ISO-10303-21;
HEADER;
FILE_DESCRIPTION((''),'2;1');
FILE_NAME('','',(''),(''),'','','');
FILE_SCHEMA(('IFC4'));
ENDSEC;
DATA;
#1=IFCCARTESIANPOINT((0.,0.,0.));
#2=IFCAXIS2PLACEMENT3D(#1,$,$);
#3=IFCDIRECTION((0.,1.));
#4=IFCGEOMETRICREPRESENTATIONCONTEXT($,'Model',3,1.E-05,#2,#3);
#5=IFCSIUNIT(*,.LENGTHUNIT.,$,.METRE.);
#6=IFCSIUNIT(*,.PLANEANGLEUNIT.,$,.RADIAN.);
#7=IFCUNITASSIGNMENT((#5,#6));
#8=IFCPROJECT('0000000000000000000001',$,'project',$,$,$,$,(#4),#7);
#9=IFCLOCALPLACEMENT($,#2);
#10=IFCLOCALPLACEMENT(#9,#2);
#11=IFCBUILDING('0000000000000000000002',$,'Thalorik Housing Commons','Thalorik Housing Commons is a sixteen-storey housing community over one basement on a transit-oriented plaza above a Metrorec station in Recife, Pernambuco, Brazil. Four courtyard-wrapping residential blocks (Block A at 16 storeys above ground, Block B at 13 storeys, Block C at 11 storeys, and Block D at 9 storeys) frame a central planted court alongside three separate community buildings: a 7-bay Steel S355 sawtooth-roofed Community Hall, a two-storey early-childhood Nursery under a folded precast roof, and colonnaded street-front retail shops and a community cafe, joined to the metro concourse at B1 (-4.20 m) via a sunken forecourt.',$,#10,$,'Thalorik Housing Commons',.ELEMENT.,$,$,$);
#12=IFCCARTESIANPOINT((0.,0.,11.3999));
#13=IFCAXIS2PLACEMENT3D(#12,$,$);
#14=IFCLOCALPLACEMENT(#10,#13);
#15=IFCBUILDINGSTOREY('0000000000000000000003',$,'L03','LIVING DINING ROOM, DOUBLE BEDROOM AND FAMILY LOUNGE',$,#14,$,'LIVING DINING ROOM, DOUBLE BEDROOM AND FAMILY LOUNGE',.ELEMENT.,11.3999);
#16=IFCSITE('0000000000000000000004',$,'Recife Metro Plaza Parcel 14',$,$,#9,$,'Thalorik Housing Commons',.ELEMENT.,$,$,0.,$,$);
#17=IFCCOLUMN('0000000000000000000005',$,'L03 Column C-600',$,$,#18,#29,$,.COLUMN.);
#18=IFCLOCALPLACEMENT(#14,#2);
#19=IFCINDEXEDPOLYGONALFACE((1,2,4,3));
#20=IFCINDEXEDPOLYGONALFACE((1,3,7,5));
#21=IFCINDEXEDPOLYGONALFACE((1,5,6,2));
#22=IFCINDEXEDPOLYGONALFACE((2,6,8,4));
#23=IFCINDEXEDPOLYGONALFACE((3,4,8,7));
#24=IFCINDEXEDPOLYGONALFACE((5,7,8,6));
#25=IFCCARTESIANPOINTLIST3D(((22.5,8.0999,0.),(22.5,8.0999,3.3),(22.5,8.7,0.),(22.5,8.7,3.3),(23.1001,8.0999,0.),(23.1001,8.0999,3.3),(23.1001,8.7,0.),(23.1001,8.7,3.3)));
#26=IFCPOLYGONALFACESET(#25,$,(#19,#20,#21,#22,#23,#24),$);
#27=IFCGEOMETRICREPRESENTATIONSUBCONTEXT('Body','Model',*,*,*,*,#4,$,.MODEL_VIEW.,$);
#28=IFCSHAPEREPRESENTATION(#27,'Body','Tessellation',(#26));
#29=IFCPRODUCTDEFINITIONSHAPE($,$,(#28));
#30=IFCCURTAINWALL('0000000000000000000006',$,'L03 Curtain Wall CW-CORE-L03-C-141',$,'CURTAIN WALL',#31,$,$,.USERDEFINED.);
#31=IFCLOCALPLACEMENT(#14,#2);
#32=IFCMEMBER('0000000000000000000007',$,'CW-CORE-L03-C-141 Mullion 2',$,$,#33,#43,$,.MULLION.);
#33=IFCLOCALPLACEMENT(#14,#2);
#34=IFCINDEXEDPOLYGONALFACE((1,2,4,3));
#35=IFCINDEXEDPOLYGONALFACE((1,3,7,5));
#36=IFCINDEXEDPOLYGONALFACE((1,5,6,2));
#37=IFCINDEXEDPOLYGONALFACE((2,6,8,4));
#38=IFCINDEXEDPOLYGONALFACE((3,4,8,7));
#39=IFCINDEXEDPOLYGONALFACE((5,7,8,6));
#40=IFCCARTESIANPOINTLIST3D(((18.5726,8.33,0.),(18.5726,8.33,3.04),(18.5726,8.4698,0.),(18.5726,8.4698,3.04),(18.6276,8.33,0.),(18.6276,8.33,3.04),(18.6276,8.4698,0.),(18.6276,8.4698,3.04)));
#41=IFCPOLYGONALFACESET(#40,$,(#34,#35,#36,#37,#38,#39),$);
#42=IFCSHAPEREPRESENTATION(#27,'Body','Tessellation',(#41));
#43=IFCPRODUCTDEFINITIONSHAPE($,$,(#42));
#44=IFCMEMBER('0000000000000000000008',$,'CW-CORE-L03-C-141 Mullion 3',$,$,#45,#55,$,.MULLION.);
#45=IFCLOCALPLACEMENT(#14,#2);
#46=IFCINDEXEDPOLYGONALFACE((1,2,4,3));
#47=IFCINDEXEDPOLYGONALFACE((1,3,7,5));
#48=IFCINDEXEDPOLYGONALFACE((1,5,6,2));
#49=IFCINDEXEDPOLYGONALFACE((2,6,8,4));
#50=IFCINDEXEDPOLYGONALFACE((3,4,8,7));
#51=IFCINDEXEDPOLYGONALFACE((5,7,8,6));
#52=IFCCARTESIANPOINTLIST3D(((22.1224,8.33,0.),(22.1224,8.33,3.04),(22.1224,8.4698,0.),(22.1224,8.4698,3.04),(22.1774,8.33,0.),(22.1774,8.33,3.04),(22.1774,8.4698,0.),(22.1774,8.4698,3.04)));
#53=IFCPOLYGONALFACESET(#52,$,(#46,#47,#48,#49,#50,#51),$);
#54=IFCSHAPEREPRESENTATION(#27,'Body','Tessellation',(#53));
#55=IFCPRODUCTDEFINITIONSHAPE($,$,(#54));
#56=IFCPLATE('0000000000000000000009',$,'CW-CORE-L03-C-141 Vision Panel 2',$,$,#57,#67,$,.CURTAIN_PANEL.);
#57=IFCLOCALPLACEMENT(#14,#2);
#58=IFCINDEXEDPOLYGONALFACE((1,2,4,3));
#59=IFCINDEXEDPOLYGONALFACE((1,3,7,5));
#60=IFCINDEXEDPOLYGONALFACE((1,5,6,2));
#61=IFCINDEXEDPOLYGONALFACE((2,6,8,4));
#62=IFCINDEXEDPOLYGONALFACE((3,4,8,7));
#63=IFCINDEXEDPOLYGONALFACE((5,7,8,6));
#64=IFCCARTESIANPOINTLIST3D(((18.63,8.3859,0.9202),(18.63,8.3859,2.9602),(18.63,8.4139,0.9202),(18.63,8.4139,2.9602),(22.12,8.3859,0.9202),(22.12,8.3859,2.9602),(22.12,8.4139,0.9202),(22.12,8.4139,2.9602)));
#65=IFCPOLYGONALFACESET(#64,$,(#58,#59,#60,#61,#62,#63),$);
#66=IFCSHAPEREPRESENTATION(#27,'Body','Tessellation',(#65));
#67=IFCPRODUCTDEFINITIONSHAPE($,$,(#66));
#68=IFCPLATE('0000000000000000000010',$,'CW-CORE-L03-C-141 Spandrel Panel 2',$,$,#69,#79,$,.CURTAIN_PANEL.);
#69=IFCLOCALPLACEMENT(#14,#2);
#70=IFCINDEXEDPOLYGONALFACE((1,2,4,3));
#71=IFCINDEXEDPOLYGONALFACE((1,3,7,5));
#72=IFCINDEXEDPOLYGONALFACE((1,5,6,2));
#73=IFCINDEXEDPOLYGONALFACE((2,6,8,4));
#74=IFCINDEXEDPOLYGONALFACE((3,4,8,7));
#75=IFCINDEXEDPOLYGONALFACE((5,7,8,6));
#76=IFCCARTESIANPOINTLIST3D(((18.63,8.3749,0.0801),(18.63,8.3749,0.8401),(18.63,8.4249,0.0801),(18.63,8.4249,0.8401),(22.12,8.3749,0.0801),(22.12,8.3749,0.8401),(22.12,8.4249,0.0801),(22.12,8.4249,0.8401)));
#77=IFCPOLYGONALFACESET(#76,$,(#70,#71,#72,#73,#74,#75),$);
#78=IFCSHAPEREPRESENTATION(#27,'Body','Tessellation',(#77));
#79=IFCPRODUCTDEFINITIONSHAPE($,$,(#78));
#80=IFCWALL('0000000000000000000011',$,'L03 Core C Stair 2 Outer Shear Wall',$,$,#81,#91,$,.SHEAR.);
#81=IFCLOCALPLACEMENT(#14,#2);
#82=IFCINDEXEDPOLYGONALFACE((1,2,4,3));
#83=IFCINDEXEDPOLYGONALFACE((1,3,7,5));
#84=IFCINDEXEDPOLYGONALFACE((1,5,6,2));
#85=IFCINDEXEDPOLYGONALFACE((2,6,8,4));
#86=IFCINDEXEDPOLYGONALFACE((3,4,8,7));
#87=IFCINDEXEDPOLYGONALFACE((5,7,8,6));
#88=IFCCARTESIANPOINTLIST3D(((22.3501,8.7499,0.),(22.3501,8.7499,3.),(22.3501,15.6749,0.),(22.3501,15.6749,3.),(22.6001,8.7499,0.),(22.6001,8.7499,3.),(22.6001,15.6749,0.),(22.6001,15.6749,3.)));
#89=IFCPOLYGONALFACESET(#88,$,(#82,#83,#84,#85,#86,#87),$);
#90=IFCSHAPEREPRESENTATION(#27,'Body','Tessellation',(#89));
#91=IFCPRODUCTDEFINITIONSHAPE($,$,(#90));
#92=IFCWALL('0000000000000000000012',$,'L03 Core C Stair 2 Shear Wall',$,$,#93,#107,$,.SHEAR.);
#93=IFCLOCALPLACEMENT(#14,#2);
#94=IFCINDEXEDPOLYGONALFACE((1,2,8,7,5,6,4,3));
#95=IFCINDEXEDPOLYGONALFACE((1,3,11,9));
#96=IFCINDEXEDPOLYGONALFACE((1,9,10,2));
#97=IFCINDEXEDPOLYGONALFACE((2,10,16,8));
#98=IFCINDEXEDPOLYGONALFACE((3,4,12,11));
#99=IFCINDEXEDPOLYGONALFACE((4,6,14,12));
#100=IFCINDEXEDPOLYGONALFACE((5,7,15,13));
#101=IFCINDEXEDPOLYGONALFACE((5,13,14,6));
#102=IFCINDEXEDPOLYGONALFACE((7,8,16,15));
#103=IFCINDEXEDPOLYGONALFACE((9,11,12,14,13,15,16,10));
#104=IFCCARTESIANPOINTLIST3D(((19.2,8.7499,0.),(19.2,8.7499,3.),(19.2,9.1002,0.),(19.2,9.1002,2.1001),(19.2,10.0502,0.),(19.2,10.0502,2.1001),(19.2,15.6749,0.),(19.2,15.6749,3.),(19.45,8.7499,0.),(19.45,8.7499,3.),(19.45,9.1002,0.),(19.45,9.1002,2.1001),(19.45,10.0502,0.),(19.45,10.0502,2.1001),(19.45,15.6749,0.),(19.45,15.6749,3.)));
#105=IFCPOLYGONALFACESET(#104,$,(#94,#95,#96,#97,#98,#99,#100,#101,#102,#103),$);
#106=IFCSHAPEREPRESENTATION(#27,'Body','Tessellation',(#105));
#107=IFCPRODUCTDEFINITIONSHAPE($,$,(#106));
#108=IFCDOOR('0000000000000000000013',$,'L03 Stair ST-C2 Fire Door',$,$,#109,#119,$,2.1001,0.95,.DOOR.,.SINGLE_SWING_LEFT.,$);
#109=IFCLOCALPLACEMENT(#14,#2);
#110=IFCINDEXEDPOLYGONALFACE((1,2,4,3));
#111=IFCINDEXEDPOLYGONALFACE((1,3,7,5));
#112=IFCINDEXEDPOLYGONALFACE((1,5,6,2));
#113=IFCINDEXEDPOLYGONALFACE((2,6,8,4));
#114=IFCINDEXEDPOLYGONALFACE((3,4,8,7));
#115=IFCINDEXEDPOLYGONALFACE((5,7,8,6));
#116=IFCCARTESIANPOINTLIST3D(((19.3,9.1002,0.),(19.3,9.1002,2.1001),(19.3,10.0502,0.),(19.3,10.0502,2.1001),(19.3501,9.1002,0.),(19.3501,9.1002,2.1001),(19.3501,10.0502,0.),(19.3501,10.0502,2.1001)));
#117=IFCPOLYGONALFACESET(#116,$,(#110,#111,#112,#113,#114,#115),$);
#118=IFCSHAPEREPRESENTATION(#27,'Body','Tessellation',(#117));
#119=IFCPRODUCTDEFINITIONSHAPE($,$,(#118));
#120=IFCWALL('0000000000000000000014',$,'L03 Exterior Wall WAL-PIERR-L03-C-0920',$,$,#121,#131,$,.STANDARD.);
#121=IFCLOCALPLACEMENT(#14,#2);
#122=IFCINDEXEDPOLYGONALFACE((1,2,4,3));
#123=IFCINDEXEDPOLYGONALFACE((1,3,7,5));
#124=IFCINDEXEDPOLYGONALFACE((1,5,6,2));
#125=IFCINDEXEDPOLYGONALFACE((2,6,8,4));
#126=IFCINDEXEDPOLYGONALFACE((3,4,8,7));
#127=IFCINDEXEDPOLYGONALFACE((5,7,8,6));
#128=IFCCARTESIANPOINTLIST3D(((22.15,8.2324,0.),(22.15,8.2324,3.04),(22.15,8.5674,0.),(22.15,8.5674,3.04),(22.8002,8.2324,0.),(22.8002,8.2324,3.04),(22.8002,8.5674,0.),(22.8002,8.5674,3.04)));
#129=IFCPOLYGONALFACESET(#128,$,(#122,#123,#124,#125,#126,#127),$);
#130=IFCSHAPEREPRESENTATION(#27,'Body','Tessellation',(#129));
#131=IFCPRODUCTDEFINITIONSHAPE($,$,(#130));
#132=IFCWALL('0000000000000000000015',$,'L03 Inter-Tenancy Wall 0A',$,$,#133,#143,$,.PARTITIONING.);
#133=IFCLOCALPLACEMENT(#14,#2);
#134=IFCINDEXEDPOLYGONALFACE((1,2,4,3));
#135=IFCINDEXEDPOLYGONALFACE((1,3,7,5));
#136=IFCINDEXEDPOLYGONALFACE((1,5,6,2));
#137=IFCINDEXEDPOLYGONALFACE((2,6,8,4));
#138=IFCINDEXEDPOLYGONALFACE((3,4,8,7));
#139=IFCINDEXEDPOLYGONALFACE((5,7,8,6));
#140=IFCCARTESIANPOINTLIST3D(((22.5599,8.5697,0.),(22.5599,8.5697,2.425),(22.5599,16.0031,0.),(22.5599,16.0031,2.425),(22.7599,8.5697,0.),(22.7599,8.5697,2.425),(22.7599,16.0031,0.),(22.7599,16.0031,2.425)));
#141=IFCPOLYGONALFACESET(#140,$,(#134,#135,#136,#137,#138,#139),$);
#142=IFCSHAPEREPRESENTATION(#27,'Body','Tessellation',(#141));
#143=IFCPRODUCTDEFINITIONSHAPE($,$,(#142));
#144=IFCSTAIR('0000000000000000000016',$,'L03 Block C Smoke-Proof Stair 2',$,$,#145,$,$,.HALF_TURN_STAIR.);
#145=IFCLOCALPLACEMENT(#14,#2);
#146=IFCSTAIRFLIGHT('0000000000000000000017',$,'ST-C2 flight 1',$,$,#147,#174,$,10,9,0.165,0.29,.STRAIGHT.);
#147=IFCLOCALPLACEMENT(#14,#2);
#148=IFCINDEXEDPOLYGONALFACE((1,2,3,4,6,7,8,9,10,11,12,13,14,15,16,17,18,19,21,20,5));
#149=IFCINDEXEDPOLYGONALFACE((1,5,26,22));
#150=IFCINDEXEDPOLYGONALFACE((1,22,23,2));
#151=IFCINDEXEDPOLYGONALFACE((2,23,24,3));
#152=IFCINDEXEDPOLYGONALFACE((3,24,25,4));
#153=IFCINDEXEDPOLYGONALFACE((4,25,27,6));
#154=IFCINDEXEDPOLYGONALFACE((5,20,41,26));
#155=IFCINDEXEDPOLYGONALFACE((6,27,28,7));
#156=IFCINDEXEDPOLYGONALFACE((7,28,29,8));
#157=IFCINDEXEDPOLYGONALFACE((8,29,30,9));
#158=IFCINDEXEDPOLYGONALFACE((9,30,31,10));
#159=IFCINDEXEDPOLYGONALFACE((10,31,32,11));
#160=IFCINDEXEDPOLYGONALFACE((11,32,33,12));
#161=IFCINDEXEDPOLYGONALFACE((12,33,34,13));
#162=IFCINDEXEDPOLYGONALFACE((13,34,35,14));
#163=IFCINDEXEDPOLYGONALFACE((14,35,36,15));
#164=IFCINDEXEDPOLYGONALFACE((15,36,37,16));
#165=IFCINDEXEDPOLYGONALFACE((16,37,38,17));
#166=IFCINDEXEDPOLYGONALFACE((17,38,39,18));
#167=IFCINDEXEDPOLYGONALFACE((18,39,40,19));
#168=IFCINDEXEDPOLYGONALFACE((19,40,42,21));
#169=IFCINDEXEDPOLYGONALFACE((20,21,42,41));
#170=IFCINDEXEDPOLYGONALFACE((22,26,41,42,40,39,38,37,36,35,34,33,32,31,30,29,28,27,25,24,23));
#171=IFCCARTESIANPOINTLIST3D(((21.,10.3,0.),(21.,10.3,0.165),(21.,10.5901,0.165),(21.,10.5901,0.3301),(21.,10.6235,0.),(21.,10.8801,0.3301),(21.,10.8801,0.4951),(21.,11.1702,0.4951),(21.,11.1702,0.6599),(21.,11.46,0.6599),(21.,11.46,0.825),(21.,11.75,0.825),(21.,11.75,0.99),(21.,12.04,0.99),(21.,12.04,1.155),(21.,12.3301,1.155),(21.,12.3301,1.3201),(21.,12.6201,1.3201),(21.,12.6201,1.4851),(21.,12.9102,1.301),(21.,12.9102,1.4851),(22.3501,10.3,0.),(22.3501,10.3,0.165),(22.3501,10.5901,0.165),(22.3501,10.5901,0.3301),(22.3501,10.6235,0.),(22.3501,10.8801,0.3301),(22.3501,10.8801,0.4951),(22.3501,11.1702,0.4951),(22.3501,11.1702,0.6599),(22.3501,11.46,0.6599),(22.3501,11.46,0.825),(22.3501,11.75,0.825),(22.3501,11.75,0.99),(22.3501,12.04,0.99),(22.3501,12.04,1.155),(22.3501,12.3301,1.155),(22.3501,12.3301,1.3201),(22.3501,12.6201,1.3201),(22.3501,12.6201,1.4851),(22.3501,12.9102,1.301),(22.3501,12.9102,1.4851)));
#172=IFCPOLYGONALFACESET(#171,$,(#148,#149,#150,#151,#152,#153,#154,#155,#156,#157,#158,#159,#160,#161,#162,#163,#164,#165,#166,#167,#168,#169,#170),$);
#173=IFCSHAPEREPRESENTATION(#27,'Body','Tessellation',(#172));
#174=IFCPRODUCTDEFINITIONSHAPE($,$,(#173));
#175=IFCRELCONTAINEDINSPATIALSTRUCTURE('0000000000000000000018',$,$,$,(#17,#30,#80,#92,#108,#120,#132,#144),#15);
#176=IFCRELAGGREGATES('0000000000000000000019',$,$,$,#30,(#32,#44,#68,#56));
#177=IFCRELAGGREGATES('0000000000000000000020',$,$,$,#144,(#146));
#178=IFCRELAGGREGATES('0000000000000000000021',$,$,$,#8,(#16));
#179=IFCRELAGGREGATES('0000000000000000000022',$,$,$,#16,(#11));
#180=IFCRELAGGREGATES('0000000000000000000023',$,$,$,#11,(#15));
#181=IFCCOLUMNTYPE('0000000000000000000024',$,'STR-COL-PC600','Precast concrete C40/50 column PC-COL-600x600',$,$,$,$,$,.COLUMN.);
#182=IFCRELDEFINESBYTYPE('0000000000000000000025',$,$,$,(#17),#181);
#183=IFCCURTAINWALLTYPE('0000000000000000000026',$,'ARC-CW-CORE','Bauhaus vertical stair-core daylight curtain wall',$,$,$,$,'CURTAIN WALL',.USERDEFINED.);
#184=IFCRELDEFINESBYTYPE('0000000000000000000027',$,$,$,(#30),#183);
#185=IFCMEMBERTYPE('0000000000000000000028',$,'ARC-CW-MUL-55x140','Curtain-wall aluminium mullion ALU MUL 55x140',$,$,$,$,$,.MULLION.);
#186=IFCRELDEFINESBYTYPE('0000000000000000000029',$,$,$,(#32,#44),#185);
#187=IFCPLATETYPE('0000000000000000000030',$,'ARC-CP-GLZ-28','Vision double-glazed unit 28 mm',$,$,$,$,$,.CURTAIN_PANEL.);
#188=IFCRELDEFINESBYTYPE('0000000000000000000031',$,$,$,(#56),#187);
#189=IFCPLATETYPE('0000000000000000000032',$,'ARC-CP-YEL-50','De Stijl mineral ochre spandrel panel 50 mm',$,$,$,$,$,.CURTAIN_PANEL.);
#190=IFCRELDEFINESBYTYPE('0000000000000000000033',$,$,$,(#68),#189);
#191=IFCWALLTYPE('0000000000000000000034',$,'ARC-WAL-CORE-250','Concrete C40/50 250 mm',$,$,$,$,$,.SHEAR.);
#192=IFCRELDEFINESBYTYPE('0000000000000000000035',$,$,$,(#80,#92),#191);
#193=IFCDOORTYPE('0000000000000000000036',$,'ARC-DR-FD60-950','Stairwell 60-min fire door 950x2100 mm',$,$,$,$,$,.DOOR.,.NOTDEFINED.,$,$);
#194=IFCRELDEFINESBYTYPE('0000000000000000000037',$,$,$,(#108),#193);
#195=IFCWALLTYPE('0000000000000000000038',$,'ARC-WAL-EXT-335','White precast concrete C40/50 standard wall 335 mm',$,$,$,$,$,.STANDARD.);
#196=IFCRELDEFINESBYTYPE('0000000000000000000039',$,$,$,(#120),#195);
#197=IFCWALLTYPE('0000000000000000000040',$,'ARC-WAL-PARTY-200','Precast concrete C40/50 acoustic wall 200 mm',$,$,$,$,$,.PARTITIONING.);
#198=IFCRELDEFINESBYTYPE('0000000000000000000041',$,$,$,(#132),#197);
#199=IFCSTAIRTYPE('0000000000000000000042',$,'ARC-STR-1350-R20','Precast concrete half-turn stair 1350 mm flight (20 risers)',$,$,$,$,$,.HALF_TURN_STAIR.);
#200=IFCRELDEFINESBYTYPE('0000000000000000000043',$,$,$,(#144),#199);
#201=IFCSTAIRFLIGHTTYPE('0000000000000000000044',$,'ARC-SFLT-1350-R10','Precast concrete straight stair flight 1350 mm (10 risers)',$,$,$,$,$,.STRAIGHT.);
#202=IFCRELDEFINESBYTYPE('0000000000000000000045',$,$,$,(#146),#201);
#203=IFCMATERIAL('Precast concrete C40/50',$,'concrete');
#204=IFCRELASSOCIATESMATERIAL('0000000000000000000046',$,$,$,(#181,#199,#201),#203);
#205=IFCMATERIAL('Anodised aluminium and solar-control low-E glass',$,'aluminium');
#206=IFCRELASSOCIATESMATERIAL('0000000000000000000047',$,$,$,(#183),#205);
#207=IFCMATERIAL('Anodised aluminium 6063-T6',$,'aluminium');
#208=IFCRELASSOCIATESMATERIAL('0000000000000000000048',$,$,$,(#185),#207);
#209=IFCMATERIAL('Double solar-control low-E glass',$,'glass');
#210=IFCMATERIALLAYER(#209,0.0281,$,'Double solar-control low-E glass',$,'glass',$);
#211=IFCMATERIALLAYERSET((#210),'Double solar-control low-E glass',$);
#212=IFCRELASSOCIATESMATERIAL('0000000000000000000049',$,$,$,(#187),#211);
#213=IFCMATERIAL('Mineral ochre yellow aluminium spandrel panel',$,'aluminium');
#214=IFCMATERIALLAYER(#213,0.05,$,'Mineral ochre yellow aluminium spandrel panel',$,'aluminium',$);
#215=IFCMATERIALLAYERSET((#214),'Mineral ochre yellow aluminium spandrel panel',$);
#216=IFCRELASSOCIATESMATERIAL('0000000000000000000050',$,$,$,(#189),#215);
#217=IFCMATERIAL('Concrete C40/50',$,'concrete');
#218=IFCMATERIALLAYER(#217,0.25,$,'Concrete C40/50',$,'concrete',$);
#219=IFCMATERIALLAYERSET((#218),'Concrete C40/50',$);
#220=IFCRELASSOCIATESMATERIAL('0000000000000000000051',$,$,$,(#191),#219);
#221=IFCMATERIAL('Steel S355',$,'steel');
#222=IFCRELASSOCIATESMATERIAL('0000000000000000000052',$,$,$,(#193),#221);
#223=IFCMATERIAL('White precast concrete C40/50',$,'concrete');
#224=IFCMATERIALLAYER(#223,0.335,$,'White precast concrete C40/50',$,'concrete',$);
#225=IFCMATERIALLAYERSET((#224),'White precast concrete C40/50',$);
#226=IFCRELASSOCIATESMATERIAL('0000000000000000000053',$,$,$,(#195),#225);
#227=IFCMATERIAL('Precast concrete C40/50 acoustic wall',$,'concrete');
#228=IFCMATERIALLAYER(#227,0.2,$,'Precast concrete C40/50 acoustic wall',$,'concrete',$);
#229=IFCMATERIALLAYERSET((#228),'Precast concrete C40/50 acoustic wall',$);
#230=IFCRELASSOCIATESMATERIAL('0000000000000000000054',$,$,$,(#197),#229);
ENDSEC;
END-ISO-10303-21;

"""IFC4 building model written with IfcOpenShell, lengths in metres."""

from ifc_helpers import new_model, si_unit, direction, frame, frame_2d, origin, origin_2d, place, context, subcontext, project, spatial, polyline, rectangle, outline, extrude, material, layer, layer_set, material_profile, profile_set, type_object, element, fill, aggregate, save


model = new_model("IFC4")

# Units and contexts
model_context = context("Model", 3, precision=1e-05, world=origin(), true_north=direction((0.0, 1.0)))
body_context = subcontext(model_context, "Body", "Model", "MODEL_VIEW")
ifc_project = project(units=[si_unit("LENGTHUNIT", "METRE"), si_unit("PLANEANGLEUNIT", "RADIAN")], contexts=[model_context])

# Site, building, storey
site_placement = place(None, origin())
site = spatial("IfcSite", under=ifc_project, at=site_placement, Name="Recife Metro Plaza Parcel 14", LongName="Thalorik Housing Commons", CompositionType="ELEMENT", RefElevation=0.0)
building_placement = place(site_placement, origin())
building = spatial("IfcBuilding", under=site, at=building_placement, Name="Thalorik Housing Commons", Description="Thalorik Housing Commons is a sixteen-storey housing community over one basement on a transit-oriented plaza above a Metrorec station in Recife, Pernambuco, Brazil. Four courtyard-wrapping residential blocks (Block A at 16 storeys above ground, Block B at 13 storeys, Block C at 11 storeys, and Block D at 9 storeys) frame a central planted court alongside three separate community buildings: a 7-bay Steel S355 sawtooth-roofed Community Hall, a two-storey early-childhood Nursery under a folded precast roof, and colonnaded street-front retail shops and a community cafe, joined to the metro concourse at B1 (-4.20 m) via a sunken forecourt.", LongName="Thalorik Housing Commons", CompositionType="ELEMENT")
storey_placement = place(building_placement, frame((0.0, 0.0, 11.3999)))
storey = spatial("IfcBuildingStorey", under=building, at=storey_placement, Name="L03", Description="LIVING DINING ROOM, DOUBLE BEDROOM AND FAMILY LOUNGE", LongName="LIVING DINING ROOM, DOUBLE BEDROOM AND FAMILY LOUNGE", CompositionType="ELEMENT", Elevation=11.3999)

# Column
ifc_material_1 = material(Name="Precast concrete C40/50", Category="concrete")
ifc_material_profile_1 = material_profile(ifc_material_1, rectangle(XDim=0.6001, YDim=0.6001, at=origin_2d()), Name="PC 600x600", Category="concrete")
ifc_profile_set_1 = profile_set([ifc_material_profile_1], Name="Precast concrete C40/50")
column_type = type_object("IfcColumnType", Name="STR-COL-PC600", Description="Precast concrete C40/50 column PC-COL-600x600", PredefinedType="COLUMN", material=ifc_profile_set_1)
column_placement = place(storey_placement, frame((22.8, 8.3999, 0.0), z_axis=(0.0, 0.0, 1.0), x_axis=(1.0, 0.0, 0.0)))
element("IfcColumn", 1, at=column_placement, inside=storey, type_object=column_type, Name="L03 Column C-600", PredefinedType="COLUMN", context=body_context, shape_type="SweptSolid", body=[
    extrude(rectangle(XDim=0.6001, YDim=0.6001, at=origin_2d()), origin(), (0.0, 0.0, 1.0), 3.3),
])

# Curtain wall, members, plates
ifc_material_2 = material(Name="Anodised aluminium and solar-control low-E glass", Category="aluminium")
curtain_wall_type = type_object("IfcCurtainWallType", Name="ARC-CW-CORE", Description="Bauhaus vertical stair-core daylight curtain wall", ElementType="CURTAIN WALL", PredefinedType="USERDEFINED", material=ifc_material_2)
curtain_wall_placement = place(storey_placement, origin())
curtain_wall = element("IfcCurtainWall", 2, at=curtain_wall_placement, inside=storey, type_object=curtain_wall_type, Name="L03 Curtain Wall CW-CORE-L03-C-141", ObjectType="CURTAIN WALL", PredefinedType="USERDEFINED")
ifc_material_3 = material(Name="Anodised aluminium 6063-T6", Category="aluminium")
ifc_material_profile_2 = material_profile(ifc_material_3, rectangle(XDim=0.0549, YDim=0.1399, at=origin_2d()), Name="ALU MUL 55x140", Category="aluminium")
ifc_profile_set_2 = profile_set([ifc_material_profile_2], Name="Anodised aluminium 6063-T6")
member_type = type_object("IfcMemberType", Name="ARC-CW-MUL-55x140", Description="Curtain-wall aluminium mullion ALU MUL 55x140", PredefinedType="MULLION", material=ifc_profile_set_2)
member_1_placement = place(storey_placement, frame((18.6001, 8.3999, 0.0), z_axis=(0.0, 0.0, 1.0), x_axis=(1.0, 0.0, 0.0)))
member_1 = element("IfcMember", 3, at=member_1_placement, type_object=member_type, Name="CW-CORE-L03-C-141 Mullion 2", PredefinedType="MULLION", context=body_context, shape_type="SweptSolid", body=[
    extrude(rectangle(XDim=0.0549, YDim=0.1399, at=origin_2d()), origin(), (0.0, 0.0, 1.0), 3.04),
])
member_2_placement = place(storey_placement, frame((22.1499, 8.3999, 0.0), z_axis=(0.0, 0.0, 1.0), x_axis=(1.0, 0.0, 0.0)))
member_2 = element("IfcMember", 4, at=member_2_placement, type_object=member_type, Name="CW-CORE-L03-C-141 Mullion 3", PredefinedType="MULLION", context=body_context, shape_type="SweptSolid", body=[
    extrude(rectangle(XDim=0.0549, YDim=0.1399, at=origin_2d()), origin(), (0.0, 0.0, 1.0), 3.04),
])
ifc_material_4 = material(Name="Double solar-control low-E glass", Category="glass")
ifc_layer_1 = layer(ifc_material_4, 0.0281, Name="Double solar-control low-E glass", Category="glass")
ifc_layer_set_1 = layer_set([ifc_layer_1], Name="Double solar-control low-E glass")
plate_type_1 = type_object("IfcPlateType", Name="ARC-CP-GLZ-28", Description="Vision double-glazed unit 28 mm", PredefinedType="CURTAIN_PANEL", material=ifc_layer_set_1)
plate_1_placement = place(storey_placement, frame((20.375, 8.3999, 0.9202), z_axis=(0.0, 0.0, 1.0), x_axis=(1.0, 0.0, 0.0)))
plate_1 = element("IfcPlate", 5, at=plate_1_placement, type_object=plate_type_1, Name="CW-CORE-L03-C-141 Vision Panel 2", PredefinedType="CURTAIN_PANEL", context=body_context, shape_type="SweptSolid", body=[
    extrude(rectangle(XDim=3.49, YDim=0.0281, at=origin_2d()), origin(), (0.0, 0.0, 1.0), 2.04),
])
ifc_material_5 = material(Name="Mineral ochre yellow aluminium spandrel panel", Category="aluminium")
ifc_layer_2 = layer(ifc_material_5, 0.05, Name="Mineral ochre yellow aluminium spandrel panel", Category="aluminium")
ifc_layer_set_2 = layer_set([ifc_layer_2], Name="Mineral ochre yellow aluminium spandrel panel")
plate_type_2 = type_object("IfcPlateType", Name="ARC-CP-YEL-50", Description="De Stijl mineral ochre spandrel panel 50 mm", PredefinedType="CURTAIN_PANEL", material=ifc_layer_set_2)
plate_2_placement = place(storey_placement, frame((20.375, 8.3999, 0.0801), z_axis=(0.0, 0.0, 1.0), x_axis=(1.0, 0.0, 0.0)))
plate_2 = element("IfcPlate", 6, at=plate_2_placement, type_object=plate_type_2, Name="CW-CORE-L03-C-141 Spandrel Panel 2", PredefinedType="CURTAIN_PANEL", context=body_context, shape_type="SweptSolid", body=[
    extrude(rectangle(XDim=3.49, YDim=0.05, at=origin_2d()), origin(), (0.0, 0.0, 1.0), 0.76),
])
aggregate(curtain_wall, [member_1, member_2, plate_2, plate_1])

# Wall
ifc_material_6 = material(Name="Concrete C40/50", Category="concrete")
ifc_layer_3 = layer(ifc_material_6, 0.25, Name="Concrete C40/50", Category="concrete")
ifc_layer_set_3 = layer_set([ifc_layer_3], Name="Concrete C40/50")
wall_type_1 = type_object("IfcWallType", Name="ARC-WAL-CORE-250", Description="Concrete C40/50 250 mm", PredefinedType="SHEAR", material=ifc_layer_set_3)
wall_1_placement = place(storey_placement, frame((22.4751, 8.75, 0.0), z_axis=(0.0, 0.0, 1.0), x_axis=(0.0, 1.0, 0.0)))
element("IfcWall", 7, at=wall_1_placement, inside=storey, type_object=wall_type_1, Name="L03 Core C Stair 2 Outer Shear Wall", PredefinedType="SHEAR", context=body_context, shape_type="SweptSolid", body=[
    extrude(rectangle(XDim=6.925, YDim=0.25, at=frame_2d((3.4624, 0.0))), origin(), (0.0, 0.0, 1.0), 3.0),
])

# Wall, opening, door
wall_2_placement = place(storey_placement, frame((19.325, 8.75, 0.0), z_axis=(0.0, 0.0, 1.0), x_axis=(0.0, 1.0, 0.0)))
wall_2 = element("IfcWall", 8, at=wall_2_placement, inside=storey, type_object=wall_type_1, Name="L03 Core C Stair 2 Shear Wall", PredefinedType="SHEAR", context=body_context, shape_type="SweptSolid", body=[
    extrude(rectangle(XDim=6.925, YDim=0.25, at=frame_2d((3.4624, 0.0))), origin(), (0.0, 0.0, 1.0), 3.0),
])
opening_placement = place(wall_2_placement, frame((0.3501, 0.0, 0.0)))
opening = element("IfcOpeningElement", 9, at=opening_placement, cuts=wall_2, PredefinedType="OPENING", context=body_context, shape_type="SweptSolid", body=[
    extrude(rectangle(XDim=0.95, YDim=2.1001, at=frame_2d((0.4751, 1.05))), frame((0.0, 0.135, 0.0), z_axis=(0.0, -1.0, 0.0), x_axis=(1.0, 0.0, 0.0)), (0.0, 0.0, 1.0), 0.27),
])
ifc_material_7 = material(Name="Steel S355", Category="steel")
door_type = type_object("IfcDoorType", Name="ARC-DR-FD60-950", Description="Stairwell 60-min fire door 950x2100 mm", OperationType="NOTDEFINED", PredefinedType="DOOR", material=ifc_material_7)
door_placement = place(opening_placement, origin())
door = element("IfcDoor", 10, at=door_placement, inside=storey, type_object=door_type, Name="L03 Stair ST-C2 Fire Door", OperationType="SINGLE_SWING_LEFT", OverallHeight=2.1001, OverallWidth=0.95, PredefinedType="DOOR", context=body_context, shape_type="SweptSolid", body=[
    extrude(rectangle(XDim=0.95, YDim=2.1001, at=frame_2d((0.4751, 1.05))), frame((0.0, 0.0249, 0.0), z_axis=(0.0, -1.0, 0.0), x_axis=(1.0, 0.0, 0.0)), (0.0, 0.0, 1.0), 0.05),
])
fill(opening, door)

# Walls
ifc_material_8 = material(Name="White precast concrete C40/50", Category="concrete")
ifc_layer_4 = layer(ifc_material_8, 0.335, Name="White precast concrete C40/50", Category="concrete")
ifc_layer_set_4 = layer_set([ifc_layer_4], Name="White precast concrete C40/50")
wall_type_2 = type_object("IfcWallType", Name="ARC-WAL-EXT-335", Description="White precast concrete C40/50 standard wall 335 mm", PredefinedType="STANDARD", material=ifc_layer_set_4)
wall_3_placement = place(storey_placement, frame((22.1499, 8.3999, 0.0), z_axis=(0.0, 0.0, 1.0), x_axis=(1.0, 0.0, 0.0)))
element("IfcWall", 11, at=wall_3_placement, inside=storey, type_object=wall_type_2, Name="L03 Exterior Wall WAL-PIERR-L03-C-0920", PredefinedType="STANDARD", context=body_context, shape_type="SweptSolid", body=[
    extrude(rectangle(XDim=0.6501, YDim=0.335, at=frame_2d((0.3252, 0.0))), origin(), (0.0, 0.0, 1.0), 3.04),
])
ifc_material_9 = material(Name="Precast concrete C40/50 acoustic wall", Category="concrete")
ifc_layer_5 = layer(ifc_material_9, 0.2, Name="Precast concrete C40/50 acoustic wall", Category="concrete")
ifc_layer_set_5 = layer_set([ifc_layer_5], Name="Precast concrete C40/50 acoustic wall")
wall_type_3 = type_object("IfcWallType", Name="ARC-WAL-PARTY-200", Description="Precast concrete C40/50 acoustic wall 200 mm", PredefinedType="PARTITIONING", material=ifc_layer_set_5)
wall_4_placement = place(storey_placement, frame((22.6599, 8.5696, 0.0), z_axis=(0.0, 0.0, 1.0), x_axis=(0.0, 1.0, 0.0)))
element("IfcWall", 12, at=wall_4_placement, inside=storey, type_object=wall_type_3, Name="L03 Inter-Tenancy Wall 0A", PredefinedType="PARTITIONING", context=body_context, shape_type="SweptSolid", body=[
    extrude(rectangle(XDim=7.4333, YDim=0.2, at=frame_2d((3.7168, 0.0))), origin(), (0.0, 0.0, 1.0), 2.425),
])

# Stair, stair flight
stair_type = type_object("IfcStairType", Name="ARC-STR-1350-R20", Description="Precast concrete half-turn stair 1350 mm flight (20 risers)", PredefinedType="HALF_TURN_STAIR", material=ifc_material_1)
stair_placement = place(storey_placement, origin())
stair = element("IfcStair", 13, at=stair_placement, inside=storey, type_object=stair_type, Name="L03 Block C Smoke-Proof Stair 2", PredefinedType="HALF_TURN_STAIR")
stair_flight_type = type_object("IfcStairFlightType", Name="ARC-SFLT-1350-R10", Description="Precast concrete straight stair flight 1350 mm (10 risers)", PredefinedType="STRAIGHT", material=ifc_material_1)
stair_flight_placement = place(storey_placement, frame((21.675, 10.3, 0.0), z_axis=(0.0, 0.0, 1.0), x_axis=(0.0, 1.0, 0.0)))
stair_flight = element("IfcStairFlight", 14, at=stair_flight_placement, type_object=stair_flight_type, Name="ST-C2 flight 1", NumberOfRisers=10, NumberOfTreads=9, PredefinedType="STRAIGHT", RiserHeight=0.165, TreadLength=0.29, context=body_context, shape_type="SweptSolid", body=[
    extrude(outline(polyline([(0.0, 0.0), (0.0, 0.165), (0.29, 0.165), (0.29, 0.3301), (0.5801, 0.3301), (0.5801, 0.4951), (0.8701, 0.4951), (0.8701, 0.6599), (1.1599, 0.6599), (1.1599, 0.825), (1.45, 0.825), (1.45, 0.99), (1.74, 0.99), (1.74, 1.155), (2.03, 1.155), (2.03, 1.3201), (2.3201, 1.3201), (2.3201, 1.4851), (2.6101, 1.4851), (2.6101, 1.6499), (2.6101, 1.301), (0.3235, 0.0), (0.0, 0.0)])), frame((0.0, 0.675, 0.0), z_axis=(0.0, -1.0, 0.0), x_axis=(1.0, 0.0, 0.0)), (0.0, 0.0, 1.0), 1.3501),
])
aggregate(stair, [stair_flight])

save(model, "model.ifc")
